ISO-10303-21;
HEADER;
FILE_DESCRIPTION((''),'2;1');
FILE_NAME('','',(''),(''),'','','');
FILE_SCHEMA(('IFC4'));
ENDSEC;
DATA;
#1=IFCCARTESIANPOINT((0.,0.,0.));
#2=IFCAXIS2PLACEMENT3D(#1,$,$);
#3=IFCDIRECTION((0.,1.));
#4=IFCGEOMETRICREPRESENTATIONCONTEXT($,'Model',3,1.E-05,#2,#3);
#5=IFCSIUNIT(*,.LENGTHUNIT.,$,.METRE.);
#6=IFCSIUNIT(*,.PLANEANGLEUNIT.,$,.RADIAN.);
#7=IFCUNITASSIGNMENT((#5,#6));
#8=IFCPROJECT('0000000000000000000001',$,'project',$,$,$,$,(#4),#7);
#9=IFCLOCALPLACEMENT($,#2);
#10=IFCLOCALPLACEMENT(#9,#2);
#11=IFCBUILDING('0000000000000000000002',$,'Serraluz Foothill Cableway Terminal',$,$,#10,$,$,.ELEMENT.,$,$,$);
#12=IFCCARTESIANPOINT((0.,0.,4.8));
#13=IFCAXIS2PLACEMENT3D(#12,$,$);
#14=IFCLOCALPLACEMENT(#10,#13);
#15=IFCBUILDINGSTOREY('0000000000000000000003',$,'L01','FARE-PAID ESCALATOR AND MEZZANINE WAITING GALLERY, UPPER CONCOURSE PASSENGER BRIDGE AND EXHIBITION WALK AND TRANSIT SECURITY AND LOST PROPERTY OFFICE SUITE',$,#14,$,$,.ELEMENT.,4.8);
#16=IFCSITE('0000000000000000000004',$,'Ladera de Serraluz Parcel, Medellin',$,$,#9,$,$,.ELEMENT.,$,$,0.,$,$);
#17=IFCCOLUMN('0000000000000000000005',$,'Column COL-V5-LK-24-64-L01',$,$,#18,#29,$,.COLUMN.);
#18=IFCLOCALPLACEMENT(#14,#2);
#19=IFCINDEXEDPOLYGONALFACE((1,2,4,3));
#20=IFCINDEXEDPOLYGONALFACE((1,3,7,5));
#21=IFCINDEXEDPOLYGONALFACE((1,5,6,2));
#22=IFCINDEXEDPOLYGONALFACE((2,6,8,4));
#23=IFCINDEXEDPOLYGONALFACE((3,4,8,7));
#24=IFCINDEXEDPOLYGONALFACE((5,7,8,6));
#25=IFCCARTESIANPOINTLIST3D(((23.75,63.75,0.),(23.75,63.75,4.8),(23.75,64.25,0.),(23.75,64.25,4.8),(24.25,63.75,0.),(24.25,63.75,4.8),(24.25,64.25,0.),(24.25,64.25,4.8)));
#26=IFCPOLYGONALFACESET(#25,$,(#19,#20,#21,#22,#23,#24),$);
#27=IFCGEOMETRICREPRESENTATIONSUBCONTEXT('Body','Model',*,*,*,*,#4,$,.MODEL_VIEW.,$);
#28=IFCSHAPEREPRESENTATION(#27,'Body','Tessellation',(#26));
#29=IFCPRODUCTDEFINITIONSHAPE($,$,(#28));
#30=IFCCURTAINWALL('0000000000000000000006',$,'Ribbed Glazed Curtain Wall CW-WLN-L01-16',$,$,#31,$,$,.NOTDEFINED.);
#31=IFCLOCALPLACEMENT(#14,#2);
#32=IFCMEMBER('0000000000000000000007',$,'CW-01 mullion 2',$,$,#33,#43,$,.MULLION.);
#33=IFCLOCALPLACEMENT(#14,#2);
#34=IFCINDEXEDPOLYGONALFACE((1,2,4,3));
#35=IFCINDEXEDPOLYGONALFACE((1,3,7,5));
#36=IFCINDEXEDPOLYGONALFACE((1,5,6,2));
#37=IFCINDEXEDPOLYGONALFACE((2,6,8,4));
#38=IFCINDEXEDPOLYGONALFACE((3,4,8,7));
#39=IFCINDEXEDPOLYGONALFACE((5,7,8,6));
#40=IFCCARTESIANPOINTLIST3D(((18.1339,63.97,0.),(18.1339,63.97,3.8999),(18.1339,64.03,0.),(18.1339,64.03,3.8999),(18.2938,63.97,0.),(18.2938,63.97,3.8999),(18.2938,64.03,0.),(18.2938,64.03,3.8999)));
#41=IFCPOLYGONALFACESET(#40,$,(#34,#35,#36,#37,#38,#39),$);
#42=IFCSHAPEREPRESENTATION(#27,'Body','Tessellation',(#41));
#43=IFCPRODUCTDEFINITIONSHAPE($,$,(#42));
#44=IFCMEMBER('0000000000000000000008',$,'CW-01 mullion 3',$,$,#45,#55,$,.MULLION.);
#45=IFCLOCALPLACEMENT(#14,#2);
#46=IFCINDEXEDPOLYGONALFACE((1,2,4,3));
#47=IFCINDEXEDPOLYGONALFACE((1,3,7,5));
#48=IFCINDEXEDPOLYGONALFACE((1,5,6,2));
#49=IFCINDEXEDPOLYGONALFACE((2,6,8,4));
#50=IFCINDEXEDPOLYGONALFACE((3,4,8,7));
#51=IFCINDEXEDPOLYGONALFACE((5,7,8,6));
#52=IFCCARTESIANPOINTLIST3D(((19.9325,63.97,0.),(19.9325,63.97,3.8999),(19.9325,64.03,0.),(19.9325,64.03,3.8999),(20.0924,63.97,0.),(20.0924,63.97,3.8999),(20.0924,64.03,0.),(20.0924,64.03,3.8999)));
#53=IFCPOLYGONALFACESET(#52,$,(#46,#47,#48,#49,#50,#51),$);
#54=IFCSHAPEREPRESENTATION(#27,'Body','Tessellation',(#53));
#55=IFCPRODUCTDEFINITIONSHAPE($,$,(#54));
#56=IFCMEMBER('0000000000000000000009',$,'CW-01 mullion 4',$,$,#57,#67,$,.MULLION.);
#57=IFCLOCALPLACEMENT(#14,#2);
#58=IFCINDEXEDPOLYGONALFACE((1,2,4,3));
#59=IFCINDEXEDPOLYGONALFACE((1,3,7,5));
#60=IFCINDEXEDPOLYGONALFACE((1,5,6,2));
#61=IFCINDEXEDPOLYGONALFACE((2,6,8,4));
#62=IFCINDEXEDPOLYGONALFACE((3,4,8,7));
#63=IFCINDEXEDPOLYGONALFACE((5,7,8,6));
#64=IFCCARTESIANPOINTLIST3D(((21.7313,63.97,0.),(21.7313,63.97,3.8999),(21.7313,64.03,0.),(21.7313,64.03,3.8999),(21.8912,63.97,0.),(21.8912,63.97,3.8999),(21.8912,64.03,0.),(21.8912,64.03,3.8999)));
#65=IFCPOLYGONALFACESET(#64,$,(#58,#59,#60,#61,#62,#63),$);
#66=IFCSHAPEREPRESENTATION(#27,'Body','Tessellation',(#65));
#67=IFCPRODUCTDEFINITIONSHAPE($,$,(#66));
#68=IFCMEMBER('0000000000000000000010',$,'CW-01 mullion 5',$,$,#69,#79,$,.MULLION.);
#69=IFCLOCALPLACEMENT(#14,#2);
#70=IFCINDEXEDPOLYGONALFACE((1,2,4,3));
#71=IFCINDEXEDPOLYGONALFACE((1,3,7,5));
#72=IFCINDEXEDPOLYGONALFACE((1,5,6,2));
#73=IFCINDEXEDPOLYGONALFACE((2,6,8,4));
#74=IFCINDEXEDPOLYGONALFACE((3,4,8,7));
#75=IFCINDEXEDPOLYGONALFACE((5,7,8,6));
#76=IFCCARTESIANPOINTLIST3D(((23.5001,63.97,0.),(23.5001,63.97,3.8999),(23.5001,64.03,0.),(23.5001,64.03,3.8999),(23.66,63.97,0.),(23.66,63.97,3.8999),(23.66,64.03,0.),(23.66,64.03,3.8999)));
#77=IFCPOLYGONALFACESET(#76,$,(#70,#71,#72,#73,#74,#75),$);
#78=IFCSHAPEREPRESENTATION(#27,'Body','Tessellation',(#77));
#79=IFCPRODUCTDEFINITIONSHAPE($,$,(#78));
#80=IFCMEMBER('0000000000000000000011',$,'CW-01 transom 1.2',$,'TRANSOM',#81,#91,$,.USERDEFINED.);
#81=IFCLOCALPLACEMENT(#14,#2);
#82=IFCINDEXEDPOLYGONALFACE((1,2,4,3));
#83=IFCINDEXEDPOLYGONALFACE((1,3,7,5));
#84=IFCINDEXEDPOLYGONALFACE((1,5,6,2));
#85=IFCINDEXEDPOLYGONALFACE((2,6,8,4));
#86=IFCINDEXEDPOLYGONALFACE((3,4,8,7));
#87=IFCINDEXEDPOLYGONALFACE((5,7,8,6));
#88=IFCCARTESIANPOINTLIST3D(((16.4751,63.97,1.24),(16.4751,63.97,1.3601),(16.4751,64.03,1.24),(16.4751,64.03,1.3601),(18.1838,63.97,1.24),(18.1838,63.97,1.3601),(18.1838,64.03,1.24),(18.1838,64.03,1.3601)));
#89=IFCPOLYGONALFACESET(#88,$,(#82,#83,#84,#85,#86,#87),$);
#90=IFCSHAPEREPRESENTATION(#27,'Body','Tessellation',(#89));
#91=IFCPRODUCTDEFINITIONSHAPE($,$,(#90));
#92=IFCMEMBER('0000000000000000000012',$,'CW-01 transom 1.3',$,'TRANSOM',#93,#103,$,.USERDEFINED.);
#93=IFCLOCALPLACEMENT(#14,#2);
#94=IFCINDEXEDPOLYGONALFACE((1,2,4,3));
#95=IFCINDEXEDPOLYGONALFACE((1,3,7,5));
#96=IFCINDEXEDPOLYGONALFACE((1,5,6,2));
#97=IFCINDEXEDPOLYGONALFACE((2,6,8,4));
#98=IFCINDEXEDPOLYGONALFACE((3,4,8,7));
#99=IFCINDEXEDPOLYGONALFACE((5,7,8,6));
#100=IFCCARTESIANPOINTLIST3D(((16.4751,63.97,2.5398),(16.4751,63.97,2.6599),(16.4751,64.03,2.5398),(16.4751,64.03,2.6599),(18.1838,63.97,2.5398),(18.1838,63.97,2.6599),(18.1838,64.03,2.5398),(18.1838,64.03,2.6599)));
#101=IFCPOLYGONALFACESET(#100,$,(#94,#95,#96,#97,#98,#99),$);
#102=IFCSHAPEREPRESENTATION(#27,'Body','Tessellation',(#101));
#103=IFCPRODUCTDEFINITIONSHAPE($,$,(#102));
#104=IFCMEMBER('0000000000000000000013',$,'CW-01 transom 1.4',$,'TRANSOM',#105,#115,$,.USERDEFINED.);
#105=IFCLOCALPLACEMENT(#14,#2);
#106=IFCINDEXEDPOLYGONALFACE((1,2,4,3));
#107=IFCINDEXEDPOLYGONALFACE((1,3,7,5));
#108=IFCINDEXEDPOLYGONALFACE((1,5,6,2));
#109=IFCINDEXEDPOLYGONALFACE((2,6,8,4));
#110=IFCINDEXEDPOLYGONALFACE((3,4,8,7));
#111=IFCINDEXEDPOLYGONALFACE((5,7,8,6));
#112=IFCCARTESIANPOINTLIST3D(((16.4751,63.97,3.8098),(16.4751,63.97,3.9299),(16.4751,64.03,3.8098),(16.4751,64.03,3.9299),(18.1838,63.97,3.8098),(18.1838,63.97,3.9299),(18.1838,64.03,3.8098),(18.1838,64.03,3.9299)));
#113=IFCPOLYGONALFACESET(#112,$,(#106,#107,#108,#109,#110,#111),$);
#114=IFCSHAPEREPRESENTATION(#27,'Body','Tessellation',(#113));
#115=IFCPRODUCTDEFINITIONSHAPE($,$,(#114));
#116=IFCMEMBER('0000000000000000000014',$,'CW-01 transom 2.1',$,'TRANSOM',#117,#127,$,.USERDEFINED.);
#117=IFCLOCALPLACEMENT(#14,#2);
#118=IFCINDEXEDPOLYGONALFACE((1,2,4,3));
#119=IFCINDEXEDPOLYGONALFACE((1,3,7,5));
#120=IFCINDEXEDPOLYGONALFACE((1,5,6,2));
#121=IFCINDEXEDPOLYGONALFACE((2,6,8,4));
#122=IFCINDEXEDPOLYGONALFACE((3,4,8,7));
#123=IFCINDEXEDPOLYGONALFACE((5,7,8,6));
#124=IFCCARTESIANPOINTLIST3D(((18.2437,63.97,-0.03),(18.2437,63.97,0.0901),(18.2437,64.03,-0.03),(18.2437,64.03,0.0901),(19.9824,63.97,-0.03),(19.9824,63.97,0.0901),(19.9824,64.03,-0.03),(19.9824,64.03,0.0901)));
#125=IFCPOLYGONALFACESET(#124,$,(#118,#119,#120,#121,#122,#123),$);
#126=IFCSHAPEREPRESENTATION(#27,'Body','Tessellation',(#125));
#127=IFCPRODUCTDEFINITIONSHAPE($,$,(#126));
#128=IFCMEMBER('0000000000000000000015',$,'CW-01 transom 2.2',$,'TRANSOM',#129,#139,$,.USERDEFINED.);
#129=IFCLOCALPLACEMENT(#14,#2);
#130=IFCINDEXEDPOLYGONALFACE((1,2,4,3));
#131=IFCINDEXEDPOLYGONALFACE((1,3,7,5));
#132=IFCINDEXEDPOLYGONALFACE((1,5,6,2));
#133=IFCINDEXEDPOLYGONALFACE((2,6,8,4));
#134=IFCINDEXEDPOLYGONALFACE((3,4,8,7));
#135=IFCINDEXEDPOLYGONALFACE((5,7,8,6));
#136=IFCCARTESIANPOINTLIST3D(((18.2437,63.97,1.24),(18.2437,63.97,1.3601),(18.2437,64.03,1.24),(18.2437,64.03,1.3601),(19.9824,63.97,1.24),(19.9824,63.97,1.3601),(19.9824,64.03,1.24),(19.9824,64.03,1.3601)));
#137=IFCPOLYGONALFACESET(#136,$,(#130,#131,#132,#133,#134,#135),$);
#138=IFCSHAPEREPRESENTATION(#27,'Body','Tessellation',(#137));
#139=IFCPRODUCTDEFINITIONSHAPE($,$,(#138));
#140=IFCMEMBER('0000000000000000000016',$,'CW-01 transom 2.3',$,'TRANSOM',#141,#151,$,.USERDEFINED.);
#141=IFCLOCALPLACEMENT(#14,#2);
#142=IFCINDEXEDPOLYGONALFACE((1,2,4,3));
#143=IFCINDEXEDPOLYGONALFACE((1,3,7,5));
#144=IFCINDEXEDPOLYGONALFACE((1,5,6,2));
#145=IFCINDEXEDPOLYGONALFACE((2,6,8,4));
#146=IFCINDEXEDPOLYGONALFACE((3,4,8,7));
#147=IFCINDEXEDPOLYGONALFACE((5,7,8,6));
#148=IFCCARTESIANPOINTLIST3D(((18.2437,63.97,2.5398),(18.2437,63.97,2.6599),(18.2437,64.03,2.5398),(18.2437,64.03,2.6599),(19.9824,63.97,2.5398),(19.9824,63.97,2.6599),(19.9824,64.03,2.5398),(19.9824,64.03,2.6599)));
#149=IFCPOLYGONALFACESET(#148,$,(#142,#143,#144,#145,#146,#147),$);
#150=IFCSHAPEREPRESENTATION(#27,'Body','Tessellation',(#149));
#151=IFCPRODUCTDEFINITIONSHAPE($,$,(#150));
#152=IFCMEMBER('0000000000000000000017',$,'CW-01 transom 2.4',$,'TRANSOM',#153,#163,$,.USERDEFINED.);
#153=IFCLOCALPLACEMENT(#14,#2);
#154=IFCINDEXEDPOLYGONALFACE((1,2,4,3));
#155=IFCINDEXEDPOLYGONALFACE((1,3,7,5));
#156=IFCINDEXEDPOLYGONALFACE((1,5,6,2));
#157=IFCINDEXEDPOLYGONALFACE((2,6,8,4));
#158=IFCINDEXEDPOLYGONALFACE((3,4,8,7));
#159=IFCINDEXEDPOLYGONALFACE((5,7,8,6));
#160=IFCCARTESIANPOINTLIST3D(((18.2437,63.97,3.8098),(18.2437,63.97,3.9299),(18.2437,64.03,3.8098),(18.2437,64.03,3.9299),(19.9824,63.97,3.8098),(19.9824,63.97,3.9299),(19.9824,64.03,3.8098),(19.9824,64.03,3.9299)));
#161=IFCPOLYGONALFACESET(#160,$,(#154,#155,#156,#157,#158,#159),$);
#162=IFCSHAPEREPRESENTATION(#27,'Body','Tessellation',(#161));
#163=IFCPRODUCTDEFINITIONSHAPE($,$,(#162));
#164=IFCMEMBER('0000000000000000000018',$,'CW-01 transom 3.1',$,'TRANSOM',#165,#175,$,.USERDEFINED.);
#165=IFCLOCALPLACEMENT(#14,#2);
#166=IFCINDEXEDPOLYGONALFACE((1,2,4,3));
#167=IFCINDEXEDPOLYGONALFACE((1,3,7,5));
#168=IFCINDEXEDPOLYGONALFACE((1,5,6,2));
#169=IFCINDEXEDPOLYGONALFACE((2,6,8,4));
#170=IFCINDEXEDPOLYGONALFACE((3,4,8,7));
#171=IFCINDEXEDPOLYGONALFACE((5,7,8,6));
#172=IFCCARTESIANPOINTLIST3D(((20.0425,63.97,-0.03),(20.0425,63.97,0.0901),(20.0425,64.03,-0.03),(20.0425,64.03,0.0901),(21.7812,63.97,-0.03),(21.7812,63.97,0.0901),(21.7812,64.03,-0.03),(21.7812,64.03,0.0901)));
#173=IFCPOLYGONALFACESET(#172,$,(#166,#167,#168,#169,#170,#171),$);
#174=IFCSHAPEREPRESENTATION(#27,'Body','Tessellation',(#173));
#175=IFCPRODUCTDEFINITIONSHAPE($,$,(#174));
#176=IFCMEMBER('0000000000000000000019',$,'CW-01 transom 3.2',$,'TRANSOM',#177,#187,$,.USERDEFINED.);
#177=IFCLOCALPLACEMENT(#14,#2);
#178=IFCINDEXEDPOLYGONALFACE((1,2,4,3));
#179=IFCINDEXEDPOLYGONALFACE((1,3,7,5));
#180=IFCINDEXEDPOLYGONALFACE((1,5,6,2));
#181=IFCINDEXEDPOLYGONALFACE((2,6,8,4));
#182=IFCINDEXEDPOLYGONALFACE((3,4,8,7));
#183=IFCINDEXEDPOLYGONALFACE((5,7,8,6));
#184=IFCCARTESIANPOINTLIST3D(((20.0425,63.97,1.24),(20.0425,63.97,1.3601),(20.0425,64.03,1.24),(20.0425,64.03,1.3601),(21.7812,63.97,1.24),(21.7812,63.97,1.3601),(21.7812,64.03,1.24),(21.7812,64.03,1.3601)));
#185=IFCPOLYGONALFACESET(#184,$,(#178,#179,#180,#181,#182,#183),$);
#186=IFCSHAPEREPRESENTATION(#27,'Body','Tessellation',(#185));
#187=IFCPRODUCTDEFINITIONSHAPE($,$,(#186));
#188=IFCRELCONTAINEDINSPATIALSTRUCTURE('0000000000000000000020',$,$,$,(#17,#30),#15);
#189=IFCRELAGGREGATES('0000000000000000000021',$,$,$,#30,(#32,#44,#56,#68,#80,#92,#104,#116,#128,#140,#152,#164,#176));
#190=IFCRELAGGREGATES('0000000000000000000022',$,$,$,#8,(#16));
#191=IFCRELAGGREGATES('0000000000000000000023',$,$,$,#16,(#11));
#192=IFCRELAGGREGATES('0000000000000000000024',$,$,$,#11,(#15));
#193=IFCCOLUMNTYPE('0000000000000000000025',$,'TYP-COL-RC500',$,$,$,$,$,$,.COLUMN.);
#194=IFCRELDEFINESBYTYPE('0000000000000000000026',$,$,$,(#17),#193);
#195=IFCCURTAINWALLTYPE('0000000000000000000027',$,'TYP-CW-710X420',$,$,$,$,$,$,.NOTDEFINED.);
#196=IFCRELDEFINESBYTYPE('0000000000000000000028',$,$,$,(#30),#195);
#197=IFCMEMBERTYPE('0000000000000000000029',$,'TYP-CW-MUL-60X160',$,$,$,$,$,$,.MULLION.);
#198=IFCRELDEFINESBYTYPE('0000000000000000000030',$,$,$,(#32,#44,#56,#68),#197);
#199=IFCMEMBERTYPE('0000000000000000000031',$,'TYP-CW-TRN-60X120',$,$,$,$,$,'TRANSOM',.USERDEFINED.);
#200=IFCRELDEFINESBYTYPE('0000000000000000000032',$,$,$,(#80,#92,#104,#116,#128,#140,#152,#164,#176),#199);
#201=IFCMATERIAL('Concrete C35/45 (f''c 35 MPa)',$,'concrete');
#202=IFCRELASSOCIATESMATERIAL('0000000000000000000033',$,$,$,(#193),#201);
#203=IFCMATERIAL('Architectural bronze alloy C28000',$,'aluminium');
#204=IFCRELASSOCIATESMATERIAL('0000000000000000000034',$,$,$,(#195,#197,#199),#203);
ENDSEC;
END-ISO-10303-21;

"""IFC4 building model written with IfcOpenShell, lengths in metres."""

from ifc_helpers import new_model, si_unit, direction, frame, origin, origin_2d, place, context, subcontext, project, spatial, rectangle, extrude, material, material_profile, profile_set, type_object, element, aggregate, save


model = new_model("IFC4")

# Units and contexts
model_context = context("Model", 3, precision=1e-05, world=origin(), true_north=direction((0.0, 1.0)))
body_context = subcontext(model_context, "Body", "Model", "MODEL_VIEW")
ifc_project = project(units=[si_unit("LENGTHUNIT", "METRE"), si_unit("PLANEANGLEUNIT", "RADIAN")], contexts=[model_context])

# Site, building, storey
site_placement = place(None, origin())
site = spatial("IfcSite", under=ifc_project, at=site_placement, Name="Ladera de Serraluz Parcel, Medellin", CompositionType="ELEMENT", RefElevation=0.0)
building_placement = place(site_placement, origin())
building = spatial("IfcBuilding", under=site, at=building_placement, Name="Serraluz Foothill Cableway Terminal", CompositionType="ELEMENT")
storey_placement = place(building_placement, frame((0.0, 0.0, 4.8)))
storey = spatial("IfcBuildingStorey", under=building, at=storey_placement, Name="L01", Description="FARE-PAID ESCALATOR AND MEZZANINE WAITING GALLERY, UPPER CONCOURSE PASSENGER BRIDGE AND EXHIBITION WALK AND TRANSIT SECURITY AND LOST PROPERTY OFFICE SUITE", CompositionType="ELEMENT", Elevation=4.8)

# Column
ifc_material_1 = material(Name="Concrete C35/45 (f'c 35 MPa)", Category="concrete")
ifc_material_profile_1 = material_profile(ifc_material_1, rectangle(XDim=0.5, YDim=0.5, at=origin_2d()), Name="RC 500x500")
ifc_profile_set_1 = profile_set([ifc_material_profile_1], Name="Concrete C35/45 (f'c 35 MPa)")
column_type = type_object("IfcColumnType", Name="TYP-COL-RC500", PredefinedType="COLUMN", material=ifc_profile_set_1)
column_placement = place(storey_placement, frame((24.0, 64.0, 0.0), z_axis=(0.0, 0.0, 1.0), x_axis=(1.0, 0.0, 0.0)))
element("IfcColumn", 1, at=column_placement, inside=storey, type_object=column_type, Name="Column COL-V5-LK-24-64-L01", PredefinedType="COLUMN", context=body_context, shape_type="SweptSolid", body=[
    extrude(rectangle(XDim=0.5, YDim=0.5, at=origin_2d()), origin(), (0.0, 0.0, 1.0), 4.8),
])

# Curtain wall, members
ifc_material_2 = material(Name="Architectural bronze alloy C28000", Category="aluminium")
curtain_wall_type = type_object("IfcCurtainWallType", Name="TYP-CW-710X420", PredefinedType="NOTDEFINED", material=ifc_material_2)
curtain_wall_placement = place(storey_placement, origin())
curtain_wall = element("IfcCurtainWall", 2, at=curtain_wall_placement, inside=storey, type_object=curtain_wall_type, Name="Ribbed Glazed Curtain Wall CW-WLN-L01-16", PredefinedType="NOTDEFINED")
ifc_material_profile_2 = material_profile(ifc_material_2, rectangle(XDim=0.0601, YDim=0.1599, at=origin_2d()), Name="ALU MULLION 60x160")
ifc_profile_set_2 = profile_set([ifc_material_profile_2], Name="Architectural bronze alloy C28000")
member_type_1 = type_object("IfcMemberType", Name="TYP-CW-MUL-60X160", PredefinedType="MULLION", material=ifc_profile_set_2)
member_1_placement = place(storey_placement, frame((18.2139, 64.0, 0.0), z_axis=(0.0, 0.0, 1.0), x_axis=(0.0, 1.0, 0.0)))
member_1 = element("IfcMember", 3, at=member_1_placement, type_object=member_type_1, Name="CW-01 mullion 2", PredefinedType="MULLION", context=body_context, shape_type="SweptSolid", body=[
    extrude(rectangle(XDim=0.0601, YDim=0.1599, at=origin_2d()), origin(), (0.0, 0.0, 1.0), 3.8999),
])
member_2_placement = place(storey_placement, frame((20.0125, 64.0, 0.0), z_axis=(0.0, 0.0, 1.0), x_axis=(0.0, 1.0, 0.0)))
member_2 = element("IfcMember", 4, at=member_2_placement, type_object=member_type_1, Name="CW-01 mullion 3", PredefinedType="MULLION", context=body_context, shape_type="SweptSolid", body=[
    extrude(rectangle(XDim=0.0601, YDim=0.1599, at=origin_2d()), origin(), (0.0, 0.0, 1.0), 3.8999),
])
member_3_placement = place(storey_placement, frame((21.8113, 64.0, 0.0), z_axis=(0.0, 0.0, 1.0), x_axis=(0.0, 1.0, 0.0)))
member_3 = element("IfcMember", 5, at=member_3_placement, type_object=member_type_1, Name="CW-01 mullion 4", PredefinedType="MULLION", context=body_context, shape_type="SweptSolid", body=[
    extrude(rectangle(XDim=0.0601, YDim=0.1599, at=origin_2d()), origin(), (0.0, 0.0, 1.0), 3.8999),
])
member_4_placement = place(storey_placement, frame((23.5801, 64.0, 0.0), z_axis=(0.0, 0.0, 1.0), x_axis=(0.0, 1.0, 0.0)))
member_4 = element("IfcMember", 6, at=member_4_placement, type_object=member_type_1, Name="CW-01 mullion 5", PredefinedType="MULLION", context=body_context, shape_type="SweptSolid", body=[
    extrude(rectangle(XDim=0.0601, YDim=0.1599, at=origin_2d()), origin(), (0.0, 0.0, 1.0), 3.8999),
])
ifc_material_profile_3 = material_profile(ifc_material_2, rectangle(XDim=0.0601, YDim=0.1201, at=origin_2d()), Name="ALU TRANSOM 60x120")
ifc_profile_set_3 = profile_set([ifc_material_profile_3], Name="Architectural bronze alloy C28000")
member_type_2 = type_object("IfcMemberType", Name="TYP-CW-TRN-60X120", ElementType="TRANSOM", PredefinedType="USERDEFINED", material=ifc_profile_set_3)
member_5_placement = place(storey_placement, frame((16.4751, 64.0, 1.3), z_axis=(1.0, 0.0, 0.0), x_axis=(0.0, 1.0, 0.0)))
member_5 = element("IfcMember", 7, at=member_5_placement, type_object=member_type_2, Name="CW-01 transom 1.2", ObjectType="TRANSOM", PredefinedType="USERDEFINED", context=body_context, shape_type="SweptSolid", body=[
    extrude(rectangle(XDim=0.0601, YDim=0.1201, at=origin_2d()), origin(), (0.0, 0.0, 1.0), 1.7087),
])
member_6_placement = place(storey_placement, frame((16.4751, 64.0, 2.5999), z_axis=(1.0, 0.0, 0.0), x_axis=(0.0, 1.0, 0.0)))
member_6 = element("IfcMember", 8, at=member_6_placement, type_object=member_type_2, Name="CW-01 transom 1.3", ObjectType="TRANSOM", PredefinedType="USERDEFINED", context=body_context, shape_type="SweptSolid", body=[
    extrude(rectangle(XDim=0.0601, YDim=0.1201, at=origin_2d()), origin(), (0.0, 0.0, 1.0), 1.7087),
])
member_7_placement = place(storey_placement, frame((16.4751, 64.0, 3.8699), z_axis=(1.0, 0.0, 0.0), x_axis=(0.0, 1.0, 0.0)))
member_7 = element("IfcMember", 9, at=member_7_placement, type_object=member_type_2, Name="CW-01 transom 1.4", ObjectType="TRANSOM", PredefinedType="USERDEFINED", context=body_context, shape_type="SweptSolid", body=[
    extrude(rectangle(XDim=0.0601, YDim=0.1201, at=origin_2d()), origin(), (0.0, 0.0, 1.0), 1.7087),
])
member_8_placement = place(storey_placement, frame((18.2437, 64.0, 0.03), z_axis=(1.0, 0.0, 0.0), x_axis=(0.0, 1.0, 0.0)))
member_8 = element("IfcMember", 10, at=member_8_placement, type_object=member_type_2, Name="CW-01 transom 2.1", ObjectType="TRANSOM", PredefinedType="USERDEFINED", context=body_context, shape_type="SweptSolid", body=[
    extrude(rectangle(XDim=0.0601, YDim=0.1201, at=origin_2d()), origin(), (0.0, 0.0, 1.0), 1.7388),
])
member_9_placement = place(storey_placement, frame((18.2437, 64.0, 1.3), z_axis=(1.0, 0.0, 0.0), x_axis=(0.0, 1.0, 0.0)))
member_9 = element("IfcMember", 11, at=member_9_placement, type_object=member_type_2, Name="CW-01 transom 2.2", ObjectType="TRANSOM", PredefinedType="USERDEFINED", context=body_context, shape_type="SweptSolid", body=[
    extrude(rectangle(XDim=0.0601, YDim=0.1201, at=origin_2d()), origin(), (0.0, 0.0, 1.0), 1.7388),
])
member_10_placement = place(storey_placement, frame((18.2437, 64.0, 2.5999), z_axis=(1.0, 0.0, 0.0), x_axis=(0.0, 1.0, 0.0)))
member_10 = element("IfcMember", 12, at=member_10_placement, type_object=member_type_2, Name="CW-01 transom 2.3", ObjectType="TRANSOM", PredefinedType="USERDEFINED", context=body_context, shape_type="SweptSolid", body=[
    extrude(rectangle(XDim=0.0601, YDim=0.1201, at=origin_2d()), origin(), (0.0, 0.0, 1.0), 1.7388),
])
member_11_placement = place(storey_placement, frame((18.2437, 64.0, 3.8699), z_axis=(1.0, 0.0, 0.0), x_axis=(0.0, 1.0, 0.0)))
member_11 = element("IfcMember", 13, at=member_11_placement, type_object=member_type_2, Name="CW-01 transom 2.4", ObjectType="TRANSOM", PredefinedType="USERDEFINED", context=body_context, shape_type="SweptSolid", body=[
    extrude(rectangle(XDim=0.0601, YDim=0.1201, at=origin_2d()), origin(), (0.0, 0.0, 1.0), 1.7388),
])
member_12_placement = place(storey_placement, frame((20.0425, 64.0, 0.03), z_axis=(1.0, 0.0, 0.0), x_axis=(0.0, 1.0, 0.0)))
member_12 = element("IfcMember", 14, at=member_12_placement, type_object=member_type_2, Name="CW-01 transom 3.1", ObjectType="TRANSOM", PredefinedType="USERDEFINED", context=body_context, shape_type="SweptSolid", body=[
    extrude(rectangle(XDim=0.0601, YDim=0.1201, at=origin_2d()), origin(), (0.0, 0.0, 1.0), 1.7388),
])
member_13_placement = place(storey_placement, frame((20.0425, 64.0, 1.3), z_axis=(1.0, 0.0, 0.0), x_axis=(0.0, 1.0, 0.0)))
member_13 = element("IfcMember", 15, at=member_13_placement, type_object=member_type_2, Name="CW-01 transom 3.2", ObjectType="TRANSOM", PredefinedType="USERDEFINED", context=body_context, shape_type="SweptSolid", body=[
    extrude(rectangle(XDim=0.0601, YDim=0.1201, at=origin_2d()), origin(), (0.0, 0.0, 1.0), 1.7388),
])
aggregate(curtain_wall, [member_1, member_2, member_3, member_4, member_5, member_6, member_7, member_8, member_9, member_10, member_11, member_12, member_13])

save(model, "model.ifc")
